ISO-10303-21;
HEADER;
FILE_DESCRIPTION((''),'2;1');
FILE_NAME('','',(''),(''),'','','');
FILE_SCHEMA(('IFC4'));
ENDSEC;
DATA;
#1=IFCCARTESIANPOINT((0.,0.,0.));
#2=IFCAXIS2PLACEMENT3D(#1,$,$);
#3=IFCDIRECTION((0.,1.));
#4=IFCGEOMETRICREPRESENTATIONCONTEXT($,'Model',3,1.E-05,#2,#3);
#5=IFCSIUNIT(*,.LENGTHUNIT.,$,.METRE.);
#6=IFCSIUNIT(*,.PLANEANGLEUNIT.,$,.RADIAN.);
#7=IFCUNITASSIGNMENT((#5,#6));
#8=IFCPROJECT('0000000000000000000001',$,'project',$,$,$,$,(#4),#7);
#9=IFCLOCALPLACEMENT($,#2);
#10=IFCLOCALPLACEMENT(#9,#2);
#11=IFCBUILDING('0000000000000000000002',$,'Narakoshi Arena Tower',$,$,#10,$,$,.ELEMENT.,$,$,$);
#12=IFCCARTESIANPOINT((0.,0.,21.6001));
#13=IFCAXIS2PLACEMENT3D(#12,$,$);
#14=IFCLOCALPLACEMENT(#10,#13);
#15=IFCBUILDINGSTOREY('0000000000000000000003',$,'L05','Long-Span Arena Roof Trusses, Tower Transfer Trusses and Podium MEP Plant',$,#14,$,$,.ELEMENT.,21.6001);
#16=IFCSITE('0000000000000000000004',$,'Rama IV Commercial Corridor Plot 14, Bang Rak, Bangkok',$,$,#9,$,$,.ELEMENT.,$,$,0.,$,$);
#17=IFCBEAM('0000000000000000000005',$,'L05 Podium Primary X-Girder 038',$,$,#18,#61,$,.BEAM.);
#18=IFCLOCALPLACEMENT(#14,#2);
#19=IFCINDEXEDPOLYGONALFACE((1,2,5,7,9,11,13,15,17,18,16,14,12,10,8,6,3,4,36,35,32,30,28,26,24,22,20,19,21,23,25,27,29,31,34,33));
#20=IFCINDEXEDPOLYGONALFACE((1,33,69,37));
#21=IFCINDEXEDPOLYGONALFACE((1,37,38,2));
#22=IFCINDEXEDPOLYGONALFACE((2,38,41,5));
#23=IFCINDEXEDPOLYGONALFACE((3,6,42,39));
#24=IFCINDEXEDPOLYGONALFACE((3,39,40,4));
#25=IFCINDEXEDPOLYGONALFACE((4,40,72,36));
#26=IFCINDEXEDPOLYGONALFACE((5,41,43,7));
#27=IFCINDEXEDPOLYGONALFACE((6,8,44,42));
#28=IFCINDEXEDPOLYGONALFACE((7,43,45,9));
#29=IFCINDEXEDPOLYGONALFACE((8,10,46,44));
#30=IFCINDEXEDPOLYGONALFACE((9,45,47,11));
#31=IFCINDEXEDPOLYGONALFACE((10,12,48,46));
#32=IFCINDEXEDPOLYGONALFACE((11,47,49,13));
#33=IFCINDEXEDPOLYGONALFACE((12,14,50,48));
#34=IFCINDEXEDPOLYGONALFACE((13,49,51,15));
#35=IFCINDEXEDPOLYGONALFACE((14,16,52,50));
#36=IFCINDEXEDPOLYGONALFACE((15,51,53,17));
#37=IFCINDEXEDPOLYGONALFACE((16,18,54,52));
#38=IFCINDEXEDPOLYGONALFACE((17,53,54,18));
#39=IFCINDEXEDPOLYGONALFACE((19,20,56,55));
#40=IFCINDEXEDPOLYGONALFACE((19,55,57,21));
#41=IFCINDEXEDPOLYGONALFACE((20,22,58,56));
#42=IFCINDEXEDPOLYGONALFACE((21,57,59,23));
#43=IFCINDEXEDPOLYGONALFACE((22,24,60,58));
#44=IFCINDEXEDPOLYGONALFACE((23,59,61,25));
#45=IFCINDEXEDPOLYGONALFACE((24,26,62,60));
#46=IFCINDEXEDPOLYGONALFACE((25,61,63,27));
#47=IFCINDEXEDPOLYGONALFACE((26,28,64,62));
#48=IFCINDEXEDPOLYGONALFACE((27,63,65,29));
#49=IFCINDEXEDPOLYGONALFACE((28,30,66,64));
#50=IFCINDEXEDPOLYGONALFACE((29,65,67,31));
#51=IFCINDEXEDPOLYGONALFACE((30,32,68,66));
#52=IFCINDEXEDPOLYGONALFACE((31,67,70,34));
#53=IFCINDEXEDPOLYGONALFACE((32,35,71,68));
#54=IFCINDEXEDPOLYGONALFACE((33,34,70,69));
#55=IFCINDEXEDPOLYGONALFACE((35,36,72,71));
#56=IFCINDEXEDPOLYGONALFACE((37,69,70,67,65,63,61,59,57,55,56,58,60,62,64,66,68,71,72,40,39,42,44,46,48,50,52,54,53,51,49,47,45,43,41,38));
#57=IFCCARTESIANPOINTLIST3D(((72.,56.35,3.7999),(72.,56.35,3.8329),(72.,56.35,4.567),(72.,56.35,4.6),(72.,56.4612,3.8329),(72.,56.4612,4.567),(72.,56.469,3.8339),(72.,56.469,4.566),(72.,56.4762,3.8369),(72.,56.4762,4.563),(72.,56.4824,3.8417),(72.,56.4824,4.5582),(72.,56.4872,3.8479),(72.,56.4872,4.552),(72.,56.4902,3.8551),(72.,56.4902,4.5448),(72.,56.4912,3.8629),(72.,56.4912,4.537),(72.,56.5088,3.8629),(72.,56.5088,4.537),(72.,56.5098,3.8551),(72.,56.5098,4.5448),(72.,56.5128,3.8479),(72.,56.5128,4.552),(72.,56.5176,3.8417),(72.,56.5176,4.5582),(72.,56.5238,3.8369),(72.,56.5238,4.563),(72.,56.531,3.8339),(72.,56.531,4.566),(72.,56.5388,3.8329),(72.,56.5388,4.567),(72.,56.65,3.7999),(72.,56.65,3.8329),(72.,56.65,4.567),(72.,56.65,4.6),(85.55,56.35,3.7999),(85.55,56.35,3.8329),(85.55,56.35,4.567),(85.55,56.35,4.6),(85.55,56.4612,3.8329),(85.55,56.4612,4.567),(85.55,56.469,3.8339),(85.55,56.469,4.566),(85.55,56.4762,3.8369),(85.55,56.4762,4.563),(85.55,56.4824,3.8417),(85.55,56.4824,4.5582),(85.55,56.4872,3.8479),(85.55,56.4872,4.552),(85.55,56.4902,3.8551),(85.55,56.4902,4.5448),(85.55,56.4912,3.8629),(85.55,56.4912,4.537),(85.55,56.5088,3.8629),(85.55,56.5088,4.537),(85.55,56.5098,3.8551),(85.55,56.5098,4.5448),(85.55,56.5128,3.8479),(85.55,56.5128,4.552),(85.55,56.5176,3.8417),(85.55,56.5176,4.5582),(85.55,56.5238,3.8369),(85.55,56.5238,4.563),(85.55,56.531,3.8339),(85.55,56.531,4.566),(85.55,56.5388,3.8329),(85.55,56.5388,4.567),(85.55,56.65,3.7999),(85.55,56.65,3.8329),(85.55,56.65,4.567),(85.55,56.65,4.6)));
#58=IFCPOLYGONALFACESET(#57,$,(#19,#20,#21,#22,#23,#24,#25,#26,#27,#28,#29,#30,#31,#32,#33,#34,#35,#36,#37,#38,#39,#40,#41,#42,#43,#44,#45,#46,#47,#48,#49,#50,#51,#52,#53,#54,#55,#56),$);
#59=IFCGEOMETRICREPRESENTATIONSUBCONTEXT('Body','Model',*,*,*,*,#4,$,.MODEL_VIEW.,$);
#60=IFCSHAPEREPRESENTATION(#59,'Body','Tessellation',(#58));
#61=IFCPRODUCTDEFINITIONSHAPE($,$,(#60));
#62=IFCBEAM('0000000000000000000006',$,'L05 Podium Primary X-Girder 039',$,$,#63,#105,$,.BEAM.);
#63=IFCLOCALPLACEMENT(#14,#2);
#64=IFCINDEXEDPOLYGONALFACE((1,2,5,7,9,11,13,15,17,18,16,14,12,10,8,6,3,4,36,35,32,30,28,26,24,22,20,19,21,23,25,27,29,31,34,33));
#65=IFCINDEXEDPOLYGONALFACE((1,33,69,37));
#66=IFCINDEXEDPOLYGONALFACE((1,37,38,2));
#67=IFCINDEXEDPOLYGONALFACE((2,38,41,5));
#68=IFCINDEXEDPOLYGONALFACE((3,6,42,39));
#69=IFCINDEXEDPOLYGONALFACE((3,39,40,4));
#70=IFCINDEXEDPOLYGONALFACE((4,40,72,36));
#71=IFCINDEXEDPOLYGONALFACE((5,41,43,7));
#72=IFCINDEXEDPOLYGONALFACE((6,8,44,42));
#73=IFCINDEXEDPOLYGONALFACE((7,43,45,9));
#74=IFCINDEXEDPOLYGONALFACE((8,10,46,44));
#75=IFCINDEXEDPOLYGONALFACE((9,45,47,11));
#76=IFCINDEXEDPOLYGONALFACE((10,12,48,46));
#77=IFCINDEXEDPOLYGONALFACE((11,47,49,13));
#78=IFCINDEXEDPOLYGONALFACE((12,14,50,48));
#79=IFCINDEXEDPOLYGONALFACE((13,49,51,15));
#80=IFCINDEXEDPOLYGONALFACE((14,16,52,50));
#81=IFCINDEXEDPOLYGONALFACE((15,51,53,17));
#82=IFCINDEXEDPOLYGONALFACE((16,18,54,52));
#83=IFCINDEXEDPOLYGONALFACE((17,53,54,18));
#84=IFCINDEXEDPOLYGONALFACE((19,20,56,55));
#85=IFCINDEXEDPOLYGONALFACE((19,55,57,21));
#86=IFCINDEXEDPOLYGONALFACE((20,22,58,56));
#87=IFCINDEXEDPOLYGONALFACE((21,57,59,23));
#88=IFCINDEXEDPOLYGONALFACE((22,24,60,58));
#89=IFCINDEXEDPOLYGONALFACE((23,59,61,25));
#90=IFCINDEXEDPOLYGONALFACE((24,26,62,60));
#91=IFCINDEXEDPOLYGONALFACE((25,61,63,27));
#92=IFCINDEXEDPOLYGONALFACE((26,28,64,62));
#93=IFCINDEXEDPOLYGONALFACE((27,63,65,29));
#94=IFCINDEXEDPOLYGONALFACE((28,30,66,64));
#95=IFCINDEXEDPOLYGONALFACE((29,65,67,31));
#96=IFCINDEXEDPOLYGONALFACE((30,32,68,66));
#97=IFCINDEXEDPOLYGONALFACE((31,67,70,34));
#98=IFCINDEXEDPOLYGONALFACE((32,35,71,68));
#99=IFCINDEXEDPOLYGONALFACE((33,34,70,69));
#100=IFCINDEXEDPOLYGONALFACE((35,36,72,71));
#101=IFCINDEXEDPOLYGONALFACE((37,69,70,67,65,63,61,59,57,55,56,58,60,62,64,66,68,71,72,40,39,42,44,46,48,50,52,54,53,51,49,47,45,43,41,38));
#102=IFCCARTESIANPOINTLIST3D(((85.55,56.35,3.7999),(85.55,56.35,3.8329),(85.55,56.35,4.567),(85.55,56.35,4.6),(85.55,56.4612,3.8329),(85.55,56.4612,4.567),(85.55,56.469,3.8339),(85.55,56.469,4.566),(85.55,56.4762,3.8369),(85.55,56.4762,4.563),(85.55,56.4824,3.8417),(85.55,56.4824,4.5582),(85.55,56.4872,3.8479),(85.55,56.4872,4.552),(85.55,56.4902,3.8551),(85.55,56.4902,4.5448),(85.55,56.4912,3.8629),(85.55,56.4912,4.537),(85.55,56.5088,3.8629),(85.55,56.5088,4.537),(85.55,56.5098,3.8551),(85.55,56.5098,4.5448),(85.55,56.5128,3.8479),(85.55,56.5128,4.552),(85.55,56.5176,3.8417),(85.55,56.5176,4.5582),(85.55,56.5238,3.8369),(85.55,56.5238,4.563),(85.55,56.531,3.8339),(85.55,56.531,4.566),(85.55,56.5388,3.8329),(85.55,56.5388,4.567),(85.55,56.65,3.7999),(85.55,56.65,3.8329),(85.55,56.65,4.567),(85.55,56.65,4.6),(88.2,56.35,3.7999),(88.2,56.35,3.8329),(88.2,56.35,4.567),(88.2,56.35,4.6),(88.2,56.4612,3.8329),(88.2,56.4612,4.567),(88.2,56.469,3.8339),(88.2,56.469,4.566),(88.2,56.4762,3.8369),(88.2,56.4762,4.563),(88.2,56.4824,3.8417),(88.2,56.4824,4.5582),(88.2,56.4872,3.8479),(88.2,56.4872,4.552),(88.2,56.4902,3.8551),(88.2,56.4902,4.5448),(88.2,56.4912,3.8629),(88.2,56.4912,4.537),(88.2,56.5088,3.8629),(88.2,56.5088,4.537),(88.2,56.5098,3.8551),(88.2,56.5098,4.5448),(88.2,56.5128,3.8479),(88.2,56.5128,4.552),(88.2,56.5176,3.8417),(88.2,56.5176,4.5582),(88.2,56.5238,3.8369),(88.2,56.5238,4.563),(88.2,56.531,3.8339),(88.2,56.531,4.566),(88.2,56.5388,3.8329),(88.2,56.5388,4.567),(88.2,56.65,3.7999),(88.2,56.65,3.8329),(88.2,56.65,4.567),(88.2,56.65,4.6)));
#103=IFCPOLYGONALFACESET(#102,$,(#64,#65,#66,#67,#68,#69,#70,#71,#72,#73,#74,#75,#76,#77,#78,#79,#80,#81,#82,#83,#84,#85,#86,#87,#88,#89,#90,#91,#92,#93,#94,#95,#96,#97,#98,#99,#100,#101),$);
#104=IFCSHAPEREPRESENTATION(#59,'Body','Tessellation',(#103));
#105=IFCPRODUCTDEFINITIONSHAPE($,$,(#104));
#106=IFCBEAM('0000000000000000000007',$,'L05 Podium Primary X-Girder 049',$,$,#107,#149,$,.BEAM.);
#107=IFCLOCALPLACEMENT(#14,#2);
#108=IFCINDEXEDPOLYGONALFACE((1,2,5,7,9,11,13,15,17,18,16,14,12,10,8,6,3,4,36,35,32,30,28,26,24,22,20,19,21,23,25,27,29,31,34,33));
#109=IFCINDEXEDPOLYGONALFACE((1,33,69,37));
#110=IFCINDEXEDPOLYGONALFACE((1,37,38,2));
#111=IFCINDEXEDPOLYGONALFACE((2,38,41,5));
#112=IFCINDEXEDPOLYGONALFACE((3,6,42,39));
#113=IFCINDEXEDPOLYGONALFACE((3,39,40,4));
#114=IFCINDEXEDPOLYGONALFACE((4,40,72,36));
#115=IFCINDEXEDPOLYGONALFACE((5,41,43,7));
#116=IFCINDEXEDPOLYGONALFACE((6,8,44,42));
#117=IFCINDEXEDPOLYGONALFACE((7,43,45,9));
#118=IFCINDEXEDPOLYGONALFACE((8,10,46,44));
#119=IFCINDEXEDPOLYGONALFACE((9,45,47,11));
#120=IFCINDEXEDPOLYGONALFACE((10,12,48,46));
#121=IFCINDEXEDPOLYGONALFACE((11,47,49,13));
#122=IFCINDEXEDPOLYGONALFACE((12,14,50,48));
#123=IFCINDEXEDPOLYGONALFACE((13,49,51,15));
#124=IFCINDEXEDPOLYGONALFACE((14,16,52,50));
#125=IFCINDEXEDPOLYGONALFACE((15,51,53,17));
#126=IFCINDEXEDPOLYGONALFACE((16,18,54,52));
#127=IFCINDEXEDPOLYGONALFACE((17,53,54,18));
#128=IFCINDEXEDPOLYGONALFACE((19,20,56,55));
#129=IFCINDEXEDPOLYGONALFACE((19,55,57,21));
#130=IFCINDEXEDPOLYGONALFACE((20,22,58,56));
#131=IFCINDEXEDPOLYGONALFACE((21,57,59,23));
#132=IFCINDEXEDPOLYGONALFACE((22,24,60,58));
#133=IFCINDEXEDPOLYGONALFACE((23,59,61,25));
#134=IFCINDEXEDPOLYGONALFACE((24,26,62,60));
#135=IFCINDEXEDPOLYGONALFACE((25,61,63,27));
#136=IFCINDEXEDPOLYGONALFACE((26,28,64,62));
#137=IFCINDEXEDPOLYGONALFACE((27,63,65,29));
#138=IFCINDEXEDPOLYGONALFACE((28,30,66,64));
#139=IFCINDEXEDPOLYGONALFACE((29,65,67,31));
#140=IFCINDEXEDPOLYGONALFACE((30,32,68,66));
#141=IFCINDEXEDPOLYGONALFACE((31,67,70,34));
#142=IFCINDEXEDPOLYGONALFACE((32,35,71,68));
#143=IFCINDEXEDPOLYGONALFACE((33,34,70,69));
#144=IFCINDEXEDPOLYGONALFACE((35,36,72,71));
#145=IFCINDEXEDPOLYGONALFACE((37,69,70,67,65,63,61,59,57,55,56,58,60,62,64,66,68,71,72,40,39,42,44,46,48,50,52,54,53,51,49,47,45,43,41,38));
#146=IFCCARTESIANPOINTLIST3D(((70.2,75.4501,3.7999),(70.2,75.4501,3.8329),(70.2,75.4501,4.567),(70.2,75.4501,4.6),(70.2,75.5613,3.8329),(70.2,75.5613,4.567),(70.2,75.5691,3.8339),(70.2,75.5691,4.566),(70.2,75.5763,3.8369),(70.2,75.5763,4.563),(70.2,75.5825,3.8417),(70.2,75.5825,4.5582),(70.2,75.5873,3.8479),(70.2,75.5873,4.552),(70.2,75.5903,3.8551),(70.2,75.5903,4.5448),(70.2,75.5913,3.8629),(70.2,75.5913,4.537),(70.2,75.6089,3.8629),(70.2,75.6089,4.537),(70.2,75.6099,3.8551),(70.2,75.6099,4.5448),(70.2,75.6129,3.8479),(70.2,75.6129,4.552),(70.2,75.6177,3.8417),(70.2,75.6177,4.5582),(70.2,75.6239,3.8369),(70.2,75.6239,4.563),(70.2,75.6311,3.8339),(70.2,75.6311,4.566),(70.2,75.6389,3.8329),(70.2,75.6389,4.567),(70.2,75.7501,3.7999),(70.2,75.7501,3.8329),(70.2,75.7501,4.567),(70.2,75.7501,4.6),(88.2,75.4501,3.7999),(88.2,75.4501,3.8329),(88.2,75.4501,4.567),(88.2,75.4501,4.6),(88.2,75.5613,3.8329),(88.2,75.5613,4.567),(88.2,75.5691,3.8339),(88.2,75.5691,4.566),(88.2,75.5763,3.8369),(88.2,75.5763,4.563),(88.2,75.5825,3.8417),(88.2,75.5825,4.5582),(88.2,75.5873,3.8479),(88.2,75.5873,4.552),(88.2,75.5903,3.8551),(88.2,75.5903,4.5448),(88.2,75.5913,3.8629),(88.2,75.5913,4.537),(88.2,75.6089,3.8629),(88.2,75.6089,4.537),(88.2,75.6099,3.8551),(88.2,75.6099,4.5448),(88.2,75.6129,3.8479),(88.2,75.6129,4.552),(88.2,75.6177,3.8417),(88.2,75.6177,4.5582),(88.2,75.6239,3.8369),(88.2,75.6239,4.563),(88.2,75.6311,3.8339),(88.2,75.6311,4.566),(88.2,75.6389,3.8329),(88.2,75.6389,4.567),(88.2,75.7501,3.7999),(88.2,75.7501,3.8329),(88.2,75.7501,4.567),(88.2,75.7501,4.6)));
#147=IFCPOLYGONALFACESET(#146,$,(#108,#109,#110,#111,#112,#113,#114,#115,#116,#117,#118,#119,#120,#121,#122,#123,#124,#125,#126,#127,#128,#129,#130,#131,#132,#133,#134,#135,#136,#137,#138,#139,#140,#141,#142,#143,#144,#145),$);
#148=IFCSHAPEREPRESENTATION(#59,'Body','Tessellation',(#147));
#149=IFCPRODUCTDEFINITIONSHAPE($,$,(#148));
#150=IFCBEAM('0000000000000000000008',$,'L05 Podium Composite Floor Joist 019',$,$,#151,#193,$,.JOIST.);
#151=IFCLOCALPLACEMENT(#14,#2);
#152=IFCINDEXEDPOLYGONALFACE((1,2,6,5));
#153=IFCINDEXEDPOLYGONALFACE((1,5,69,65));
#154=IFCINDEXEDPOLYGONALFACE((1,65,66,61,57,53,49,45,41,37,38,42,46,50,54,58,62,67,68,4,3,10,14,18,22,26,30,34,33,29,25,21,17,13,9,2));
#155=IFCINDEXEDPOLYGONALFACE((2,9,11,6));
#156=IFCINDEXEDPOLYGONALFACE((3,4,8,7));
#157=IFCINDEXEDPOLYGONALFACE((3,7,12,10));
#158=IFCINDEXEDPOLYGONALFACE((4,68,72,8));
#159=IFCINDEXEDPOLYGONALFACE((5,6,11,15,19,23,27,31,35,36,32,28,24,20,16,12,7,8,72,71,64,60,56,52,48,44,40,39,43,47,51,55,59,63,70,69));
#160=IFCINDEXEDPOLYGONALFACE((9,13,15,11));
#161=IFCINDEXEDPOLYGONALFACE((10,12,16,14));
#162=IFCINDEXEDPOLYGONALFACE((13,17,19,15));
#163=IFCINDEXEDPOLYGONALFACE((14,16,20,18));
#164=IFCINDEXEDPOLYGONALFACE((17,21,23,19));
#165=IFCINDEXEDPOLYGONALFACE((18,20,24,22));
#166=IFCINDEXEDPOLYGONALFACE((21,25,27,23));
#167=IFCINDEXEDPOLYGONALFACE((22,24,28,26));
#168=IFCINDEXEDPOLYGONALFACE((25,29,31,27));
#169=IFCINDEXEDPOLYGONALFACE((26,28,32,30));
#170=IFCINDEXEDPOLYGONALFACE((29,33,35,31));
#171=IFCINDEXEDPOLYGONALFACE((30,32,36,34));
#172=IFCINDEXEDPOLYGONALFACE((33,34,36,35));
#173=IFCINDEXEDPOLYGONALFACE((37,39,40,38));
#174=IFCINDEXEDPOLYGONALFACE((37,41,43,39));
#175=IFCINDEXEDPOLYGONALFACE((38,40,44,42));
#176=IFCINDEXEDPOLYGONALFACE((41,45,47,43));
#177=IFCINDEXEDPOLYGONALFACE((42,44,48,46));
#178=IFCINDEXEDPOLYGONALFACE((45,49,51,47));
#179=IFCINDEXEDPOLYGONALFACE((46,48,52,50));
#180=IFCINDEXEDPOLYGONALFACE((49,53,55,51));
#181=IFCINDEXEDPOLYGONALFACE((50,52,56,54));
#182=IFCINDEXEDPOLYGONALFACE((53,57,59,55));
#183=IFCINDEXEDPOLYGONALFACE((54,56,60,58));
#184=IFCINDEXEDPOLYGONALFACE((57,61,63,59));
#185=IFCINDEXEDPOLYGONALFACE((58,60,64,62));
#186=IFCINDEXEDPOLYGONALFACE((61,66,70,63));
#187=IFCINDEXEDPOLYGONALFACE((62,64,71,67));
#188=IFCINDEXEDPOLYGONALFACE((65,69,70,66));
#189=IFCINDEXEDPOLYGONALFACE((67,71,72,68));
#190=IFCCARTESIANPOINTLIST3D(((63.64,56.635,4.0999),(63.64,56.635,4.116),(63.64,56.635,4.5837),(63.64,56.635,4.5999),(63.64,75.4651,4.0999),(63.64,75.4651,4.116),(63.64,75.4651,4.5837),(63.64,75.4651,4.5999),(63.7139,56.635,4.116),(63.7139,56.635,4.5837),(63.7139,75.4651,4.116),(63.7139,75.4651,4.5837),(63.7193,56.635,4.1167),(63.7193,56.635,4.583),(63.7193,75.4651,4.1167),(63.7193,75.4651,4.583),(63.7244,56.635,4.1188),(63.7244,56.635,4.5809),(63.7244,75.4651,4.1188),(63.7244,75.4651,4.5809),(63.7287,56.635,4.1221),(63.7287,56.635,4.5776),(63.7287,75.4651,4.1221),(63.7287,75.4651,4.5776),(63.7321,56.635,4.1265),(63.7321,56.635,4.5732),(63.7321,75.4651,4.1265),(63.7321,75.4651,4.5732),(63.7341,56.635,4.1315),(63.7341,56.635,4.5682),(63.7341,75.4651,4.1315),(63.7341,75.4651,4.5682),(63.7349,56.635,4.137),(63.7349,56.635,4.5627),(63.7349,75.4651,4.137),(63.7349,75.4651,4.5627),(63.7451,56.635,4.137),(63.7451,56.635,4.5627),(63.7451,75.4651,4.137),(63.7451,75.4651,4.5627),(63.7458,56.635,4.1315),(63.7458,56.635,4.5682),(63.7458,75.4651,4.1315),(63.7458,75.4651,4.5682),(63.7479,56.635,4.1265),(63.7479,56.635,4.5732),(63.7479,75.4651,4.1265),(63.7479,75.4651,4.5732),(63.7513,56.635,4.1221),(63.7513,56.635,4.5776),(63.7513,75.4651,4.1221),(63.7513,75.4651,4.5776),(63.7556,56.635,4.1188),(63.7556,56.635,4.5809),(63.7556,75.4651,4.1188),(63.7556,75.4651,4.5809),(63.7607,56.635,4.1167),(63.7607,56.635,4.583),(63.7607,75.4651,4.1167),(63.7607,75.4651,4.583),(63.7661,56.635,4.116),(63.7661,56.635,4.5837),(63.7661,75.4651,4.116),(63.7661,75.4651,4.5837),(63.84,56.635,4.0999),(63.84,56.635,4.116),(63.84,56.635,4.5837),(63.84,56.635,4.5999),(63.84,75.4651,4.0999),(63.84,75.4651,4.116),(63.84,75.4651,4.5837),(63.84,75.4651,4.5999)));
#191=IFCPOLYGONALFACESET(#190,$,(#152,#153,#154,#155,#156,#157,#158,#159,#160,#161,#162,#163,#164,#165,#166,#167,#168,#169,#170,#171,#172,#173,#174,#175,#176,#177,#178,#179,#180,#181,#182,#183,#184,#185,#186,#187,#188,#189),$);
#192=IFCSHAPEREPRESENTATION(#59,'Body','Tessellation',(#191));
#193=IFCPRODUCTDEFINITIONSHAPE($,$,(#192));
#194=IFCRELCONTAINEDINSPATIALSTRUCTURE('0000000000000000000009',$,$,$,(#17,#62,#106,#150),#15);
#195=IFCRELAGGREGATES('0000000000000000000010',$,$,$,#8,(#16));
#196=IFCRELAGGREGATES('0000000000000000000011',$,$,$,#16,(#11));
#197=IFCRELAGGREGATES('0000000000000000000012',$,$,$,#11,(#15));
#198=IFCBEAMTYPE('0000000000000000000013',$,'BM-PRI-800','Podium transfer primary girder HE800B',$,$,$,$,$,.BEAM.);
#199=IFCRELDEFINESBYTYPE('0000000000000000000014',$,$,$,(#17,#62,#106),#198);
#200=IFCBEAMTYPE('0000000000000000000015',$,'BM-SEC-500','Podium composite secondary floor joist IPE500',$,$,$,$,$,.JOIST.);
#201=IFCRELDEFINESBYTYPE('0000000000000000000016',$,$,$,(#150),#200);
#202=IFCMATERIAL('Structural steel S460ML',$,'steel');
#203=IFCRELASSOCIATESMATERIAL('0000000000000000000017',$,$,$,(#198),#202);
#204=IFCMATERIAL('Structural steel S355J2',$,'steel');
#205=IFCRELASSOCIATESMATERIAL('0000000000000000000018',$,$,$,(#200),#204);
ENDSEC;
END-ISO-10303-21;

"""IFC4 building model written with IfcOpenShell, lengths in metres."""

from ifc_helpers import new_model, si_unit, direction, frame, origin, origin_2d, place, context, subcontext, project, spatial, i_section, extrude, material, material_profile, profile_set, type_object, element, save


model = new_model("IFC4")

# Units and contexts
model_context = context("Model", 3, precision=1e-05, world=origin(), true_north=direction((0.0, 1.0)))
body_context = subcontext(model_context, "Body", "Model", "MODEL_VIEW")
ifc_project = project(units=[si_unit("LENGTHUNIT", "METRE"), si_unit("PLANEANGLEUNIT", "RADIAN")], contexts=[model_context])

# Site, building, storey
site_placement = place(None, origin())
site = spatial("IfcSite", under=ifc_project, at=site_placement, Name="Rama IV Commercial Corridor Plot 14, Bang Rak, Bangkok", CompositionType="ELEMENT", RefElevation=0.0)
building_placement = place(site_placement, origin())
building = spatial("IfcBuilding", under=site, at=building_placement, Name="Narakoshi Arena Tower", CompositionType="ELEMENT")
storey_placement = place(building_placement, frame((0.0, 0.0, 21.6001)))
storey = spatial("IfcBuildingStorey", under=building, at=storey_placement, Name="L05", Description="Long-Span Arena Roof Trusses, Tower Transfer Trusses and Podium MEP Plant", CompositionType="ELEMENT", Elevation=21.6001)

# Shared definitions
ifc_material_1 = material(Name="Structural steel S355J2", Category="steel")

# Beams
ifc_material_2 = material(Name="Structural steel S460ML", Category="steel")
ifc_material_profile_1 = material_profile(ifc_material_2, i_section(OverallWidth=0.3, OverallDepth=0.8, WebThickness=0.0176, FlangeThickness=0.033, FilletRadius=0.03, at=origin_2d()), Name="HE800B")
ifc_profile_set_1 = profile_set([ifc_material_profile_1], Name="Structural steel S460ML")
beam_type_1 = type_object("IfcBeamType", Name="BM-PRI-800", Description="Podium transfer primary girder HE800B", PredefinedType="BEAM", material=ifc_profile_set_1)
beam_1_placement = place(storey_placement, frame((72.0, 56.5, 4.2), z_axis=(1.0, 0.0, 0.0), x_axis=(0.0, 1.0, 0.0)))
element("IfcBeam", 1, at=beam_1_placement, inside=storey, type_object=beam_type_1, Name="L05 Podium Primary X-Girder 038", PredefinedType="BEAM", context=body_context, shape_type="SweptSolid", body=[
    extrude(i_section(OverallWidth=0.3, OverallDepth=0.8, WebThickness=0.0176, FlangeThickness=0.033, FilletRadius=0.03, at=origin_2d()), origin(), (0.0, 0.0, 1.0), 13.55),
])
beam_2_placement = place(storey_placement, frame((85.55, 56.5, 4.2), z_axis=(1.0, 0.0, 0.0), x_axis=(0.0, 1.0, 0.0)))
element("IfcBeam", 2, at=beam_2_placement, inside=storey, type_object=beam_type_1, Name="L05 Podium Primary X-Girder 039", PredefinedType="BEAM", context=body_context, shape_type="SweptSolid", body=[
    extrude(i_section(OverallWidth=0.3, OverallDepth=0.8, WebThickness=0.0176, FlangeThickness=0.033, FilletRadius=0.03, at=origin_2d()), origin(), (0.0, 0.0, 1.0), 2.6499),
])
beam_3_placement = place(storey_placement, frame((70.2, 75.6001, 4.2), z_axis=(1.0, 0.0, 0.0), x_axis=(0.0, 1.0, 0.0)))
element("IfcBeam", 3, at=beam_3_placement, inside=storey, type_object=beam_type_1, Name="L05 Podium Primary X-Girder 049", PredefinedType="BEAM", context=body_context, shape_type="SweptSolid", body=[
    extrude(i_section(OverallWidth=0.3, OverallDepth=0.8, WebThickness=0.0176, FlangeThickness=0.033, FilletRadius=0.03, at=origin_2d()), origin(), (0.0, 0.0, 1.0), 18.0),
])
ifc_material_profile_2 = material_profile(ifc_material_1, i_section(OverallWidth=0.2, OverallDepth=0.5, WebThickness=0.0103, FlangeThickness=0.0161, FilletRadius=0.021, at=origin_2d()), Name="IPE500")
ifc_profile_set_2 = profile_set([ifc_material_profile_2], Name="Structural steel S355J2")
beam_type_2 = type_object("IfcBeamType", Name="BM-SEC-500", Description="Podium composite secondary floor joist IPE500", PredefinedType="JOIST", material=ifc_profile_set_2)
for number, where, z_axis, x_axis, name in (
    (4, (63.74, 56.635, 4.3499), (0.0, 1.0, 0.0), (-1.0, 0.0, 0.0), "L05 Podium Composite Floor Joist 019"),
):
    element("IfcBeam", number, at=place(storey_placement, frame(where, z_axis=z_axis, x_axis=x_axis)), inside=storey, type_object=beam_type_2, Name=name, PredefinedType="JOIST", context=body_context, shape_type="SweptSolid", body=[
        extrude(i_section(OverallWidth=0.2, OverallDepth=0.5, WebThickness=0.0103, FlangeThickness=0.0161, FilletRadius=0.021, at=origin_2d()), origin(), (0.0, 0.0, 1.0), 18.8301),
    ])

save(model, "model.ifc")
